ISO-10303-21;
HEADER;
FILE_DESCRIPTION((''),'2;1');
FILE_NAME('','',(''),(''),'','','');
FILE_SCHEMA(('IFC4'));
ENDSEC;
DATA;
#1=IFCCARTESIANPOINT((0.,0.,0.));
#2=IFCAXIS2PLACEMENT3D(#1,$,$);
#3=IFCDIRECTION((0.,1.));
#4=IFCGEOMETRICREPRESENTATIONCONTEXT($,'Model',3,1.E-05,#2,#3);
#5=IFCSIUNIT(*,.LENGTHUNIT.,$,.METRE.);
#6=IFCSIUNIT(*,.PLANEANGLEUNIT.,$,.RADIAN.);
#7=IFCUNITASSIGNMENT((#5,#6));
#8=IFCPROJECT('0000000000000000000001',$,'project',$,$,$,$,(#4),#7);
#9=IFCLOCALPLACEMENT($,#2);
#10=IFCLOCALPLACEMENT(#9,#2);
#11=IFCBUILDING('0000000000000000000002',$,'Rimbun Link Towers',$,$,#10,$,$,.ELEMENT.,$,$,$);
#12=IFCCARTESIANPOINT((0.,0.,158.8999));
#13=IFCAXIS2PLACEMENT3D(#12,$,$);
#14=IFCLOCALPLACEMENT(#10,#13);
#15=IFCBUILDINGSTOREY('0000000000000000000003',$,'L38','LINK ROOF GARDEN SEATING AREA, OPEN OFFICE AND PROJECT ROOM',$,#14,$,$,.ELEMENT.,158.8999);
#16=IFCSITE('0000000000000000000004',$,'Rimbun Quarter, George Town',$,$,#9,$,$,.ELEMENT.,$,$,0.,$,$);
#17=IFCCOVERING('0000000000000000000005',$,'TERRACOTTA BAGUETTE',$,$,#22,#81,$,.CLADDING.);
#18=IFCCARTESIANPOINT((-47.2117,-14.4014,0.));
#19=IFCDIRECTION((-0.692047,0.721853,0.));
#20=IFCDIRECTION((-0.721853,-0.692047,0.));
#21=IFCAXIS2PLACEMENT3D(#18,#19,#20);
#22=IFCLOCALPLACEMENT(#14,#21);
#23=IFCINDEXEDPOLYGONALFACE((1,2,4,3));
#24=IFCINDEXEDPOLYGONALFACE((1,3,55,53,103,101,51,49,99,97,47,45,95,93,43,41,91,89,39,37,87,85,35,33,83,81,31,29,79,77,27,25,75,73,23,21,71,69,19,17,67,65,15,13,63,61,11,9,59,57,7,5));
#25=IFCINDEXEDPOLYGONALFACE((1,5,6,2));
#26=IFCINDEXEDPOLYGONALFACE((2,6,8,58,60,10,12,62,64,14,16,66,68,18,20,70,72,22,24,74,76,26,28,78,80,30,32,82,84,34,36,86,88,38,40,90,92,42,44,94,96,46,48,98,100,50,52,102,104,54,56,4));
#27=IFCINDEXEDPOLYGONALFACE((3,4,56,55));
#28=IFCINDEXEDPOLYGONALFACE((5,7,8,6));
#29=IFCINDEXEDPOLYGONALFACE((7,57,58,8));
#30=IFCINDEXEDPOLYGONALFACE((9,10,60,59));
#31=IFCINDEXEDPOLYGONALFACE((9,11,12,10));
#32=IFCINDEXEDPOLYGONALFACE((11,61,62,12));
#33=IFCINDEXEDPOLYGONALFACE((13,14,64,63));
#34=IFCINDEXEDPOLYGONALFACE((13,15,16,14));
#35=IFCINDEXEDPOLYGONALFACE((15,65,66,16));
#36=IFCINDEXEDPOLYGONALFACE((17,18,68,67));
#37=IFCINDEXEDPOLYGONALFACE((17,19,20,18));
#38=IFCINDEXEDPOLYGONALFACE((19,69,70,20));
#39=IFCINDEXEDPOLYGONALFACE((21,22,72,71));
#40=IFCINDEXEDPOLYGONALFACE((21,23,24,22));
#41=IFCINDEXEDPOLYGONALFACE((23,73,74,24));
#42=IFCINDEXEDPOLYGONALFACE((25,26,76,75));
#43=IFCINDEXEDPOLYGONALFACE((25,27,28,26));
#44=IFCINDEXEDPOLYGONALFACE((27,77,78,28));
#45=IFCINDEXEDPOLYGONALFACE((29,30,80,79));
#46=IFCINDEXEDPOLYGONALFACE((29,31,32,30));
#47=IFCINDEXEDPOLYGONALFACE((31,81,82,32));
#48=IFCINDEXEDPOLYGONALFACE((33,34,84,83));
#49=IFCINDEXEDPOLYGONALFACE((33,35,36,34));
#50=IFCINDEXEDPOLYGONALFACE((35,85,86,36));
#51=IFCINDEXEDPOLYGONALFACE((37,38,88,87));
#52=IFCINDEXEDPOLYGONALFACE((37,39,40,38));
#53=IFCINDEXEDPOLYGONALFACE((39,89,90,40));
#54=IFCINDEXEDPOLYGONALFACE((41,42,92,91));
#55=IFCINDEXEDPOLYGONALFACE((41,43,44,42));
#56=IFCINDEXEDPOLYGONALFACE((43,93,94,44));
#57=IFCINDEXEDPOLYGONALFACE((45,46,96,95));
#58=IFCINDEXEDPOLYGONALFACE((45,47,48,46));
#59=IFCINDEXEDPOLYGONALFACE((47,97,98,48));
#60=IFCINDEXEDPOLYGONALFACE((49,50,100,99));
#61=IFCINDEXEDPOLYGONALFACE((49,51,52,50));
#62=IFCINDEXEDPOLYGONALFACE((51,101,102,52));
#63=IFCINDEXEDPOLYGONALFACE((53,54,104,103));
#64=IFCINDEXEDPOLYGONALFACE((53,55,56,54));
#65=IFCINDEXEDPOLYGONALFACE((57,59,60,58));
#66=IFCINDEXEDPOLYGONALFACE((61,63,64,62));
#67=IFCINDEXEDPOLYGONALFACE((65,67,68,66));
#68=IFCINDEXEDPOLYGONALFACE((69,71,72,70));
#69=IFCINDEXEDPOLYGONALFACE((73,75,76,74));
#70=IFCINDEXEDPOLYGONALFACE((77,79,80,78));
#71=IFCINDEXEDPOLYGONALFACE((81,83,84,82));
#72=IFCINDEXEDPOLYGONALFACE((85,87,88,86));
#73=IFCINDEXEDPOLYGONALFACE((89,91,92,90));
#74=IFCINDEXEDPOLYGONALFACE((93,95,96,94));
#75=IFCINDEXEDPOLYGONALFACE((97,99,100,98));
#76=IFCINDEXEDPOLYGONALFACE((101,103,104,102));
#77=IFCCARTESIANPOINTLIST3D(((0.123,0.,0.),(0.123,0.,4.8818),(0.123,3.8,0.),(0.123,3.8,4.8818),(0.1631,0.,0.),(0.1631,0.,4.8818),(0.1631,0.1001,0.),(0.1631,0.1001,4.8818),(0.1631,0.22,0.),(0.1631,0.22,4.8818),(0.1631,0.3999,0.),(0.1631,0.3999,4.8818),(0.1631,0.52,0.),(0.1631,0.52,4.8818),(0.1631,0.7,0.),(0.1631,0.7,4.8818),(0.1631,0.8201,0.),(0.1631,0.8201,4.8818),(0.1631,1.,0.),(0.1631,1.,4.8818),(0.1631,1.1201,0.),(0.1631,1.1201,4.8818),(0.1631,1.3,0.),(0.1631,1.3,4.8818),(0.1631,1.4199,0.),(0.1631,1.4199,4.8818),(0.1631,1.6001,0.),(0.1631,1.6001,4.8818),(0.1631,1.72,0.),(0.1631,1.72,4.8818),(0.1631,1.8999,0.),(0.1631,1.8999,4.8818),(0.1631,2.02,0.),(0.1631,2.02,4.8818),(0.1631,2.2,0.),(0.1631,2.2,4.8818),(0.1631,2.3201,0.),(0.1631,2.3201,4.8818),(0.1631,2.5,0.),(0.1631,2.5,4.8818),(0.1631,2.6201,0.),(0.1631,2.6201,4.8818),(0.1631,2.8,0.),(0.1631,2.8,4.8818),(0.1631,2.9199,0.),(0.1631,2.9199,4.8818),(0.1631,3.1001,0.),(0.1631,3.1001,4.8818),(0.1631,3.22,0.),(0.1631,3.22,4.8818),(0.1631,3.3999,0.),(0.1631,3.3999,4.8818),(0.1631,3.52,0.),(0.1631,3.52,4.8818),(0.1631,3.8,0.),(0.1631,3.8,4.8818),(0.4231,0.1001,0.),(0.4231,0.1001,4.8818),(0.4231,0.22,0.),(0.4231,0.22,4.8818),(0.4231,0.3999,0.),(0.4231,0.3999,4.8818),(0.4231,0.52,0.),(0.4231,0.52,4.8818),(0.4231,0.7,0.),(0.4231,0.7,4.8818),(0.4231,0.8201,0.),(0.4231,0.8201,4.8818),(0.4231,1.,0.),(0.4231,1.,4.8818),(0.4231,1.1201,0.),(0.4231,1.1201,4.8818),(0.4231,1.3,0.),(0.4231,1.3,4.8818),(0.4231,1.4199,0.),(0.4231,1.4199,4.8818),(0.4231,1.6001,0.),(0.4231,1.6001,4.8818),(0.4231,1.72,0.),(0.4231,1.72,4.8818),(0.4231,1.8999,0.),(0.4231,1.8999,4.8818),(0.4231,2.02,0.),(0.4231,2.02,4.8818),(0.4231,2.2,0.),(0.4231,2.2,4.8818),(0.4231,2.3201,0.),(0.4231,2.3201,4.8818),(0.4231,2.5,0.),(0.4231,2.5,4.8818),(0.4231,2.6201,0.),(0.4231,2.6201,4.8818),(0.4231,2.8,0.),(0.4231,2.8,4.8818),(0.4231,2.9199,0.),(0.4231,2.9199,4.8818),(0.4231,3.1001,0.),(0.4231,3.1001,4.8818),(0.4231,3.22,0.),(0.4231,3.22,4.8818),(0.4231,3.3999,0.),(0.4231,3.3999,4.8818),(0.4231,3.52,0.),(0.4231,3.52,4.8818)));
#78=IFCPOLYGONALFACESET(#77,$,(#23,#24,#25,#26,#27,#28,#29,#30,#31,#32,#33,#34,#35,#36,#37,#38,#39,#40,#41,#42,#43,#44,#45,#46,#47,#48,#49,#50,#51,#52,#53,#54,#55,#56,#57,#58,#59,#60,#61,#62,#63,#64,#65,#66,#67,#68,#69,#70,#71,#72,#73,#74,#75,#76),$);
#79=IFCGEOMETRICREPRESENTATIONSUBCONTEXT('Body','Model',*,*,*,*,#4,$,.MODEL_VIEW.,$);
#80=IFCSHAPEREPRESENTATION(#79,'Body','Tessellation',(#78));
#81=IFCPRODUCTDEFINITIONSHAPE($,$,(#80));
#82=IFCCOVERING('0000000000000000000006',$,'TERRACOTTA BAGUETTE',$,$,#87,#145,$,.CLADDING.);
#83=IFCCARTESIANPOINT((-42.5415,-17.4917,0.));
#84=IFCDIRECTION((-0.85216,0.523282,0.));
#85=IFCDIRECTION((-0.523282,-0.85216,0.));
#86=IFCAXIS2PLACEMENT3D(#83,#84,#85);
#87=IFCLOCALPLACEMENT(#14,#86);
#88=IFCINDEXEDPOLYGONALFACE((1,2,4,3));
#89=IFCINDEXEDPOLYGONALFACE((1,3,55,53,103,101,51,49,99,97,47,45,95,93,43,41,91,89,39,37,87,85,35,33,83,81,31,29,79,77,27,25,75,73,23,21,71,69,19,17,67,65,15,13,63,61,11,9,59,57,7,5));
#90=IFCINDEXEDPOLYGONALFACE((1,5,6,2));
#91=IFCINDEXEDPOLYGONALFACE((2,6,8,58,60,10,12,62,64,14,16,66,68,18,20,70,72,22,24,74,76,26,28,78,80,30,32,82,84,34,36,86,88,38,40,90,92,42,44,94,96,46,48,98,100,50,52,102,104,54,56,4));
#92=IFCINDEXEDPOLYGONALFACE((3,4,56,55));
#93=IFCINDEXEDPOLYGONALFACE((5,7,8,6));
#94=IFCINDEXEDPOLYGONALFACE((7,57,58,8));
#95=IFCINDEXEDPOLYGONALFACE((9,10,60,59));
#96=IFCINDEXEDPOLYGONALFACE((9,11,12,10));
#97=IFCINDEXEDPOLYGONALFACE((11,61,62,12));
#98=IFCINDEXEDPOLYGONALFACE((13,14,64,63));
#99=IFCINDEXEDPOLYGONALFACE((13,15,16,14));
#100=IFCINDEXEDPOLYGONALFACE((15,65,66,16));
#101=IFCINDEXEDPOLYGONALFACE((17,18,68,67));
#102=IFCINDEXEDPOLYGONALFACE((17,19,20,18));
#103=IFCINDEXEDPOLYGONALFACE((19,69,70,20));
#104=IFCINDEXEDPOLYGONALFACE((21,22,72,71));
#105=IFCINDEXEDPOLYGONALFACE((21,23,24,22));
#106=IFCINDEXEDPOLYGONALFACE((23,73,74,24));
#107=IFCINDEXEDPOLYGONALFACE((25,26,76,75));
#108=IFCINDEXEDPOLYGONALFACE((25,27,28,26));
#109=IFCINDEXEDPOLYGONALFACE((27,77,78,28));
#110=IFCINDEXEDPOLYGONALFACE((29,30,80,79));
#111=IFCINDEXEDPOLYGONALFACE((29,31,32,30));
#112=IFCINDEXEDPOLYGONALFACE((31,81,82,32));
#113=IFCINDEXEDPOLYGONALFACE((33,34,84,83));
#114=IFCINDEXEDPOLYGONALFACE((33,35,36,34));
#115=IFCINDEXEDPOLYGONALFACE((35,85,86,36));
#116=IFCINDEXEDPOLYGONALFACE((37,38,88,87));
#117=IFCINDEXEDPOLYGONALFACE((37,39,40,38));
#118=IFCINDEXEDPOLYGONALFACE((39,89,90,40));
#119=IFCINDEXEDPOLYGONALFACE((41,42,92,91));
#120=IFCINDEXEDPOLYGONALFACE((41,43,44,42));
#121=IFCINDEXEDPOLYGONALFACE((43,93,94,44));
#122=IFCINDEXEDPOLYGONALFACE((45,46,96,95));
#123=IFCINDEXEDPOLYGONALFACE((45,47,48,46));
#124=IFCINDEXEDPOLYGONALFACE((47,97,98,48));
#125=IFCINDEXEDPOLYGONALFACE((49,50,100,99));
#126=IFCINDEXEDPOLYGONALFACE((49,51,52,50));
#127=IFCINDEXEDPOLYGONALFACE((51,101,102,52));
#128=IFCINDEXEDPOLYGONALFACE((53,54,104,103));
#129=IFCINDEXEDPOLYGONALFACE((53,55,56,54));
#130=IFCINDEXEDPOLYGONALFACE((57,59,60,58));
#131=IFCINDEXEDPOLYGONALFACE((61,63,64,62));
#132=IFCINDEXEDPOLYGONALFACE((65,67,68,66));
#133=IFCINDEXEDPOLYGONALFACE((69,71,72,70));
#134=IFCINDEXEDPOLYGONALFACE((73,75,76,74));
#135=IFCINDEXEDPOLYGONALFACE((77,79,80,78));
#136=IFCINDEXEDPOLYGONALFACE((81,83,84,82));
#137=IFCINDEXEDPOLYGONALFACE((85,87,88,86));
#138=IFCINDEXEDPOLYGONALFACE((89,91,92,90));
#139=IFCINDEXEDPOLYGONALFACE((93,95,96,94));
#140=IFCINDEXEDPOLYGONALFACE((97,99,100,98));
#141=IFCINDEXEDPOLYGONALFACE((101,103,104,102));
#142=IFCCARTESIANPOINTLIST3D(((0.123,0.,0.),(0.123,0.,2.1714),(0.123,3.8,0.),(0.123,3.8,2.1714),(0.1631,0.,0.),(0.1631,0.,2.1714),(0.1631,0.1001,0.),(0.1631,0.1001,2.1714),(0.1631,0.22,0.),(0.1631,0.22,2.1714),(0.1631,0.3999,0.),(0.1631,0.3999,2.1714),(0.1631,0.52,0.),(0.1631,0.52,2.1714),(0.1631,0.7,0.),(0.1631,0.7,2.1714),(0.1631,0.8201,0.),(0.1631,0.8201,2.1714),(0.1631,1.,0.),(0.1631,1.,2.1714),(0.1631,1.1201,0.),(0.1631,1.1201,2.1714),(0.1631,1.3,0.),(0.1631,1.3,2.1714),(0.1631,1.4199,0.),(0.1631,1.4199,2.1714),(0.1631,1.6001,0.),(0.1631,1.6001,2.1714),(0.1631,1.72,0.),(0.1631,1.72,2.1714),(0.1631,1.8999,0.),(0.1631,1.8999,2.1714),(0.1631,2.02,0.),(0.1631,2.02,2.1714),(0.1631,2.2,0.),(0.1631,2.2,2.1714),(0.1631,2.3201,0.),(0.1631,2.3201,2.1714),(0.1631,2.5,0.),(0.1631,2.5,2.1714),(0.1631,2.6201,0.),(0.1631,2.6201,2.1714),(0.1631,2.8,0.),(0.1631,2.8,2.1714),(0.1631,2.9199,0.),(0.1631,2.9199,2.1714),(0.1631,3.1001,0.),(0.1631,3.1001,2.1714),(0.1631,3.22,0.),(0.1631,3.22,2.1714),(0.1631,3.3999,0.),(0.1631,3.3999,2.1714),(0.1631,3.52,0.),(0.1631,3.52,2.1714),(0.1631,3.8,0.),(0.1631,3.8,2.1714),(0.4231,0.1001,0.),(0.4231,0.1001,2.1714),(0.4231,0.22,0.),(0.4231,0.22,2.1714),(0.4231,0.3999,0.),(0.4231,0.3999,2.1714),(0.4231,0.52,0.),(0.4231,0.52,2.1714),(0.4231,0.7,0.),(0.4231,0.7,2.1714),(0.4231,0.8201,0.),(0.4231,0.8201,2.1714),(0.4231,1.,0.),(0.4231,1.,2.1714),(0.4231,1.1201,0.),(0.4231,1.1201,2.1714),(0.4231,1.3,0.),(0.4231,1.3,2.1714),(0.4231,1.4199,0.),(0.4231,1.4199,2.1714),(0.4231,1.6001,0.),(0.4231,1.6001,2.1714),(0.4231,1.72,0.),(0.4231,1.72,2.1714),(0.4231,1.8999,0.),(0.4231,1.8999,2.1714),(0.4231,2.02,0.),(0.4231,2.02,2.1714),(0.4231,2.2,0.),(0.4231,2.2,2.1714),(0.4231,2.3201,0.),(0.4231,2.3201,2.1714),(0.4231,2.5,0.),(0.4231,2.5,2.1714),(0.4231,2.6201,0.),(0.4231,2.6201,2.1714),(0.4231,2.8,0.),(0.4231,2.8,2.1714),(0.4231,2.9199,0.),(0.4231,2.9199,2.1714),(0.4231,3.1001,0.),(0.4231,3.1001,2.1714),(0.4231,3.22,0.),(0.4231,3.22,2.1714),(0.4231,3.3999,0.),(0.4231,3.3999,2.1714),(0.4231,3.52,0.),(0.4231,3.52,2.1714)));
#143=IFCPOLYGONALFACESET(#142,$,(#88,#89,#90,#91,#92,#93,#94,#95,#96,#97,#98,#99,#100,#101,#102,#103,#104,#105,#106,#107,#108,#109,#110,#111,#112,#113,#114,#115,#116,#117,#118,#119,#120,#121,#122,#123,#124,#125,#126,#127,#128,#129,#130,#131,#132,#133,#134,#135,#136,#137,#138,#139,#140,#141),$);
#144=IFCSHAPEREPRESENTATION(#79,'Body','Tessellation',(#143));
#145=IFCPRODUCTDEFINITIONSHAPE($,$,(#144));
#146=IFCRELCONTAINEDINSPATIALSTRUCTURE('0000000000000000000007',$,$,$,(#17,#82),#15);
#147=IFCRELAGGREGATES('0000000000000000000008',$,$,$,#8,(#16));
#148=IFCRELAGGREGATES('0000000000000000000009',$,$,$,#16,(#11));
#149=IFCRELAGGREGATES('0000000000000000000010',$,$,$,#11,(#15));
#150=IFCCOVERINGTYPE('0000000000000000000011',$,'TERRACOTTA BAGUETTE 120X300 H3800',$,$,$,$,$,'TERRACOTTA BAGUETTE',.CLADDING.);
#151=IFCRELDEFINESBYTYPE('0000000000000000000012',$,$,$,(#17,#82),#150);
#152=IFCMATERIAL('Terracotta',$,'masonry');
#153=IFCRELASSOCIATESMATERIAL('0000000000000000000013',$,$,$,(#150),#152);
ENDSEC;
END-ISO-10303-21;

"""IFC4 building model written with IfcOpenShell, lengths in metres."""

from ifc_helpers import new_model, si_unit, direction, frame, origin, place, context, subcontext, project, spatial, polyline, outline, extrude, material, material_profile, profile_set, type_object, element, save


model = new_model("IFC4")

# Units and contexts
model_context = context("Model", 3, precision=1e-05, world=origin(), true_north=direction((0.0, 1.0)))
body_context = subcontext(model_context, "Body", "Model", "MODEL_VIEW")
ifc_project = project(units=[si_unit("LENGTHUNIT", "METRE"), si_unit("PLANEANGLEUNIT", "RADIAN")], contexts=[model_context])

# Site, building, storey
site_placement = place(None, origin())
site = spatial("IfcSite", under=ifc_project, at=site_placement, Name="Rimbun Quarter, George Town", CompositionType="ELEMENT", RefElevation=0.0)
building_placement = place(site_placement, origin())
building = spatial("IfcBuilding", under=site, at=building_placement, Name="Rimbun Link Towers", CompositionType="ELEMENT")
storey_placement = place(building_placement, frame((0.0, 0.0, 158.8999)))
storey = spatial("IfcBuildingStorey", under=building, at=storey_placement, Name="L38", Description="LINK ROOF GARDEN SEATING AREA, OPEN OFFICE AND PROJECT ROOM", CompositionType="ELEMENT", Elevation=158.8999)

# Coverings
ifc_material_1 = material(Name="Terracotta", Category="masonry")
ifc_material_profile_1 = material_profile(ifc_material_1, outline(polyline([(0.123, 0.0), (0.1631, 0.0), (0.1631, 0.1001), (0.4231, 0.1001), (0.4231, 0.22), (0.1631, 0.22), (0.1631, 0.3999), (0.4231, 0.3999), (0.4231, 0.52), (0.1631, 0.52), (0.1631, 0.7), (0.4231, 0.7), (0.4231, 0.8201), (0.1631, 0.8201), (0.1631, 1.0), (0.4231, 1.0), (0.4231, 1.1201), (0.1631, 1.1201), (0.1631, 1.3), (0.4231, 1.3), (0.4231, 1.4199), (0.1631, 1.4199), (0.1631, 1.6001), (0.4231, 1.6001), (0.4231, 1.72), (0.1631, 1.72), (0.1631, 1.8999), (0.4231, 1.8999), (0.4231, 2.02), (0.1631, 2.02), (0.1631, 2.2), (0.4231, 2.2), (0.4231, 2.3201), (0.1631, 2.3201), (0.1631, 2.5), (0.4231, 2.5), (0.4231, 2.6201), (0.1631, 2.6201), (0.1631, 2.8), (0.4231, 2.8), (0.4231, 2.9199), (0.1631, 2.9199), (0.1631, 3.1001), (0.4231, 3.1001), (0.4231, 3.22), (0.1631, 3.22), (0.1631, 3.3999), (0.4231, 3.3999), (0.4231, 3.52), (0.1631, 3.52), (0.1631, 3.8), (0.123, 3.8), (0.123, 0.0)])), Name="BAGUETTE 120X300")
ifc_profile_set_1 = profile_set([ifc_material_profile_1], Name="Terracotta")
covering_type = type_object("IfcCoveringType", Name="TERRACOTTA BAGUETTE 120X300 H3800", ElementType="TERRACOTTA BAGUETTE", PredefinedType="CLADDING", material=ifc_profile_set_1)
covering_1_placement = place(storey_placement, frame((-47.2117, -14.4014, 0.0), z_axis=(-0.692047, 0.721853, 0.0), x_axis=(-0.721853, -0.692047, 0.0)))
element("IfcCovering", 1, at=covering_1_placement, inside=storey, type_object=covering_type, Name="TERRACOTTA BAGUETTE", PredefinedType="CLADDING", context=body_context, shape_type="SweptSolid", body=[
    extrude(outline(polyline([(0.123, 0.0), (0.1631, 0.0), (0.1631, 0.1001), (0.4231, 0.1001), (0.4231, 0.22), (0.1631, 0.22), (0.1631, 0.3999), (0.4231, 0.3999), (0.4231, 0.52), (0.1631, 0.52), (0.1631, 0.7), (0.4231, 0.7), (0.4231, 0.8201), (0.1631, 0.8201), (0.1631, 1.0), (0.4231, 1.0), (0.4231, 1.1201), (0.1631, 1.1201), (0.1631, 1.3), (0.4231, 1.3), (0.4231, 1.4199), (0.1631, 1.4199), (0.1631, 1.6001), (0.4231, 1.6001), (0.4231, 1.72), (0.1631, 1.72), (0.1631, 1.8999), (0.4231, 1.8999), (0.4231, 2.02), (0.1631, 2.02), (0.1631, 2.2), (0.4231, 2.2), (0.4231, 2.3201), (0.1631, 2.3201), (0.1631, 2.5), (0.4231, 2.5), (0.4231, 2.6201), (0.1631, 2.6201), (0.1631, 2.8), (0.4231, 2.8), (0.4231, 2.9199), (0.1631, 2.9199), (0.1631, 3.1001), (0.4231, 3.1001), (0.4231, 3.22), (0.1631, 3.22), (0.1631, 3.3999), (0.4231, 3.3999), (0.4231, 3.52), (0.1631, 3.52), (0.1631, 3.8), (0.123, 3.8), (0.123, 0.0)])), origin(), (0.0, 0.0, 1.0), 4.8818),
])
covering_2_placement = place(storey_placement, frame((-42.5415, -17.4917, 0.0), z_axis=(-0.85216, 0.523282, 0.0), x_axis=(-0.523282, -0.85216, 0.0)))
element("IfcCovering", 2, at=covering_2_placement, inside=storey, type_object=covering_type, Name="TERRACOTTA BAGUETTE", PredefinedType="CLADDING", context=body_context, shape_type="SweptSolid", body=[
    extrude(outline(polyline([(0.123, 0.0), (0.1631, 0.0), (0.1631, 0.1001), (0.4231, 0.1001), (0.4231, 0.22), (0.1631, 0.22), (0.1631, 0.3999), (0.4231, 0.3999), (0.4231, 0.52), (0.1631, 0.52), (0.1631, 0.7), (0.4231, 0.7), (0.4231, 0.8201), (0.1631, 0.8201), (0.1631, 1.0), (0.4231, 1.0), (0.4231, 1.1201), (0.1631, 1.1201), (0.1631, 1.3), (0.4231, 1.3), (0.4231, 1.4199), (0.1631, 1.4199), (0.1631, 1.6001), (0.4231, 1.6001), (0.4231, 1.72), (0.1631, 1.72), (0.1631, 1.8999), (0.4231, 1.8999), (0.4231, 2.02), (0.1631, 2.02), (0.1631, 2.2), (0.4231, 2.2), (0.4231, 2.3201), (0.1631, 2.3201), (0.1631, 2.5), (0.4231, 2.5), (0.4231, 2.6201), (0.1631, 2.6201), (0.1631, 2.8), (0.4231, 2.8), (0.4231, 2.9199), (0.1631, 2.9199), (0.1631, 3.1001), (0.4231, 3.1001), (0.4231, 3.22), (0.1631, 3.22), (0.1631, 3.3999), (0.4231, 3.3999), (0.4231, 3.52), (0.1631, 3.52), (0.1631, 3.8), (0.123, 3.8), (0.123, 0.0)])), origin(), (0.0, 0.0, 1.0), 2.1714),
])

save(model, "model.ifc")
